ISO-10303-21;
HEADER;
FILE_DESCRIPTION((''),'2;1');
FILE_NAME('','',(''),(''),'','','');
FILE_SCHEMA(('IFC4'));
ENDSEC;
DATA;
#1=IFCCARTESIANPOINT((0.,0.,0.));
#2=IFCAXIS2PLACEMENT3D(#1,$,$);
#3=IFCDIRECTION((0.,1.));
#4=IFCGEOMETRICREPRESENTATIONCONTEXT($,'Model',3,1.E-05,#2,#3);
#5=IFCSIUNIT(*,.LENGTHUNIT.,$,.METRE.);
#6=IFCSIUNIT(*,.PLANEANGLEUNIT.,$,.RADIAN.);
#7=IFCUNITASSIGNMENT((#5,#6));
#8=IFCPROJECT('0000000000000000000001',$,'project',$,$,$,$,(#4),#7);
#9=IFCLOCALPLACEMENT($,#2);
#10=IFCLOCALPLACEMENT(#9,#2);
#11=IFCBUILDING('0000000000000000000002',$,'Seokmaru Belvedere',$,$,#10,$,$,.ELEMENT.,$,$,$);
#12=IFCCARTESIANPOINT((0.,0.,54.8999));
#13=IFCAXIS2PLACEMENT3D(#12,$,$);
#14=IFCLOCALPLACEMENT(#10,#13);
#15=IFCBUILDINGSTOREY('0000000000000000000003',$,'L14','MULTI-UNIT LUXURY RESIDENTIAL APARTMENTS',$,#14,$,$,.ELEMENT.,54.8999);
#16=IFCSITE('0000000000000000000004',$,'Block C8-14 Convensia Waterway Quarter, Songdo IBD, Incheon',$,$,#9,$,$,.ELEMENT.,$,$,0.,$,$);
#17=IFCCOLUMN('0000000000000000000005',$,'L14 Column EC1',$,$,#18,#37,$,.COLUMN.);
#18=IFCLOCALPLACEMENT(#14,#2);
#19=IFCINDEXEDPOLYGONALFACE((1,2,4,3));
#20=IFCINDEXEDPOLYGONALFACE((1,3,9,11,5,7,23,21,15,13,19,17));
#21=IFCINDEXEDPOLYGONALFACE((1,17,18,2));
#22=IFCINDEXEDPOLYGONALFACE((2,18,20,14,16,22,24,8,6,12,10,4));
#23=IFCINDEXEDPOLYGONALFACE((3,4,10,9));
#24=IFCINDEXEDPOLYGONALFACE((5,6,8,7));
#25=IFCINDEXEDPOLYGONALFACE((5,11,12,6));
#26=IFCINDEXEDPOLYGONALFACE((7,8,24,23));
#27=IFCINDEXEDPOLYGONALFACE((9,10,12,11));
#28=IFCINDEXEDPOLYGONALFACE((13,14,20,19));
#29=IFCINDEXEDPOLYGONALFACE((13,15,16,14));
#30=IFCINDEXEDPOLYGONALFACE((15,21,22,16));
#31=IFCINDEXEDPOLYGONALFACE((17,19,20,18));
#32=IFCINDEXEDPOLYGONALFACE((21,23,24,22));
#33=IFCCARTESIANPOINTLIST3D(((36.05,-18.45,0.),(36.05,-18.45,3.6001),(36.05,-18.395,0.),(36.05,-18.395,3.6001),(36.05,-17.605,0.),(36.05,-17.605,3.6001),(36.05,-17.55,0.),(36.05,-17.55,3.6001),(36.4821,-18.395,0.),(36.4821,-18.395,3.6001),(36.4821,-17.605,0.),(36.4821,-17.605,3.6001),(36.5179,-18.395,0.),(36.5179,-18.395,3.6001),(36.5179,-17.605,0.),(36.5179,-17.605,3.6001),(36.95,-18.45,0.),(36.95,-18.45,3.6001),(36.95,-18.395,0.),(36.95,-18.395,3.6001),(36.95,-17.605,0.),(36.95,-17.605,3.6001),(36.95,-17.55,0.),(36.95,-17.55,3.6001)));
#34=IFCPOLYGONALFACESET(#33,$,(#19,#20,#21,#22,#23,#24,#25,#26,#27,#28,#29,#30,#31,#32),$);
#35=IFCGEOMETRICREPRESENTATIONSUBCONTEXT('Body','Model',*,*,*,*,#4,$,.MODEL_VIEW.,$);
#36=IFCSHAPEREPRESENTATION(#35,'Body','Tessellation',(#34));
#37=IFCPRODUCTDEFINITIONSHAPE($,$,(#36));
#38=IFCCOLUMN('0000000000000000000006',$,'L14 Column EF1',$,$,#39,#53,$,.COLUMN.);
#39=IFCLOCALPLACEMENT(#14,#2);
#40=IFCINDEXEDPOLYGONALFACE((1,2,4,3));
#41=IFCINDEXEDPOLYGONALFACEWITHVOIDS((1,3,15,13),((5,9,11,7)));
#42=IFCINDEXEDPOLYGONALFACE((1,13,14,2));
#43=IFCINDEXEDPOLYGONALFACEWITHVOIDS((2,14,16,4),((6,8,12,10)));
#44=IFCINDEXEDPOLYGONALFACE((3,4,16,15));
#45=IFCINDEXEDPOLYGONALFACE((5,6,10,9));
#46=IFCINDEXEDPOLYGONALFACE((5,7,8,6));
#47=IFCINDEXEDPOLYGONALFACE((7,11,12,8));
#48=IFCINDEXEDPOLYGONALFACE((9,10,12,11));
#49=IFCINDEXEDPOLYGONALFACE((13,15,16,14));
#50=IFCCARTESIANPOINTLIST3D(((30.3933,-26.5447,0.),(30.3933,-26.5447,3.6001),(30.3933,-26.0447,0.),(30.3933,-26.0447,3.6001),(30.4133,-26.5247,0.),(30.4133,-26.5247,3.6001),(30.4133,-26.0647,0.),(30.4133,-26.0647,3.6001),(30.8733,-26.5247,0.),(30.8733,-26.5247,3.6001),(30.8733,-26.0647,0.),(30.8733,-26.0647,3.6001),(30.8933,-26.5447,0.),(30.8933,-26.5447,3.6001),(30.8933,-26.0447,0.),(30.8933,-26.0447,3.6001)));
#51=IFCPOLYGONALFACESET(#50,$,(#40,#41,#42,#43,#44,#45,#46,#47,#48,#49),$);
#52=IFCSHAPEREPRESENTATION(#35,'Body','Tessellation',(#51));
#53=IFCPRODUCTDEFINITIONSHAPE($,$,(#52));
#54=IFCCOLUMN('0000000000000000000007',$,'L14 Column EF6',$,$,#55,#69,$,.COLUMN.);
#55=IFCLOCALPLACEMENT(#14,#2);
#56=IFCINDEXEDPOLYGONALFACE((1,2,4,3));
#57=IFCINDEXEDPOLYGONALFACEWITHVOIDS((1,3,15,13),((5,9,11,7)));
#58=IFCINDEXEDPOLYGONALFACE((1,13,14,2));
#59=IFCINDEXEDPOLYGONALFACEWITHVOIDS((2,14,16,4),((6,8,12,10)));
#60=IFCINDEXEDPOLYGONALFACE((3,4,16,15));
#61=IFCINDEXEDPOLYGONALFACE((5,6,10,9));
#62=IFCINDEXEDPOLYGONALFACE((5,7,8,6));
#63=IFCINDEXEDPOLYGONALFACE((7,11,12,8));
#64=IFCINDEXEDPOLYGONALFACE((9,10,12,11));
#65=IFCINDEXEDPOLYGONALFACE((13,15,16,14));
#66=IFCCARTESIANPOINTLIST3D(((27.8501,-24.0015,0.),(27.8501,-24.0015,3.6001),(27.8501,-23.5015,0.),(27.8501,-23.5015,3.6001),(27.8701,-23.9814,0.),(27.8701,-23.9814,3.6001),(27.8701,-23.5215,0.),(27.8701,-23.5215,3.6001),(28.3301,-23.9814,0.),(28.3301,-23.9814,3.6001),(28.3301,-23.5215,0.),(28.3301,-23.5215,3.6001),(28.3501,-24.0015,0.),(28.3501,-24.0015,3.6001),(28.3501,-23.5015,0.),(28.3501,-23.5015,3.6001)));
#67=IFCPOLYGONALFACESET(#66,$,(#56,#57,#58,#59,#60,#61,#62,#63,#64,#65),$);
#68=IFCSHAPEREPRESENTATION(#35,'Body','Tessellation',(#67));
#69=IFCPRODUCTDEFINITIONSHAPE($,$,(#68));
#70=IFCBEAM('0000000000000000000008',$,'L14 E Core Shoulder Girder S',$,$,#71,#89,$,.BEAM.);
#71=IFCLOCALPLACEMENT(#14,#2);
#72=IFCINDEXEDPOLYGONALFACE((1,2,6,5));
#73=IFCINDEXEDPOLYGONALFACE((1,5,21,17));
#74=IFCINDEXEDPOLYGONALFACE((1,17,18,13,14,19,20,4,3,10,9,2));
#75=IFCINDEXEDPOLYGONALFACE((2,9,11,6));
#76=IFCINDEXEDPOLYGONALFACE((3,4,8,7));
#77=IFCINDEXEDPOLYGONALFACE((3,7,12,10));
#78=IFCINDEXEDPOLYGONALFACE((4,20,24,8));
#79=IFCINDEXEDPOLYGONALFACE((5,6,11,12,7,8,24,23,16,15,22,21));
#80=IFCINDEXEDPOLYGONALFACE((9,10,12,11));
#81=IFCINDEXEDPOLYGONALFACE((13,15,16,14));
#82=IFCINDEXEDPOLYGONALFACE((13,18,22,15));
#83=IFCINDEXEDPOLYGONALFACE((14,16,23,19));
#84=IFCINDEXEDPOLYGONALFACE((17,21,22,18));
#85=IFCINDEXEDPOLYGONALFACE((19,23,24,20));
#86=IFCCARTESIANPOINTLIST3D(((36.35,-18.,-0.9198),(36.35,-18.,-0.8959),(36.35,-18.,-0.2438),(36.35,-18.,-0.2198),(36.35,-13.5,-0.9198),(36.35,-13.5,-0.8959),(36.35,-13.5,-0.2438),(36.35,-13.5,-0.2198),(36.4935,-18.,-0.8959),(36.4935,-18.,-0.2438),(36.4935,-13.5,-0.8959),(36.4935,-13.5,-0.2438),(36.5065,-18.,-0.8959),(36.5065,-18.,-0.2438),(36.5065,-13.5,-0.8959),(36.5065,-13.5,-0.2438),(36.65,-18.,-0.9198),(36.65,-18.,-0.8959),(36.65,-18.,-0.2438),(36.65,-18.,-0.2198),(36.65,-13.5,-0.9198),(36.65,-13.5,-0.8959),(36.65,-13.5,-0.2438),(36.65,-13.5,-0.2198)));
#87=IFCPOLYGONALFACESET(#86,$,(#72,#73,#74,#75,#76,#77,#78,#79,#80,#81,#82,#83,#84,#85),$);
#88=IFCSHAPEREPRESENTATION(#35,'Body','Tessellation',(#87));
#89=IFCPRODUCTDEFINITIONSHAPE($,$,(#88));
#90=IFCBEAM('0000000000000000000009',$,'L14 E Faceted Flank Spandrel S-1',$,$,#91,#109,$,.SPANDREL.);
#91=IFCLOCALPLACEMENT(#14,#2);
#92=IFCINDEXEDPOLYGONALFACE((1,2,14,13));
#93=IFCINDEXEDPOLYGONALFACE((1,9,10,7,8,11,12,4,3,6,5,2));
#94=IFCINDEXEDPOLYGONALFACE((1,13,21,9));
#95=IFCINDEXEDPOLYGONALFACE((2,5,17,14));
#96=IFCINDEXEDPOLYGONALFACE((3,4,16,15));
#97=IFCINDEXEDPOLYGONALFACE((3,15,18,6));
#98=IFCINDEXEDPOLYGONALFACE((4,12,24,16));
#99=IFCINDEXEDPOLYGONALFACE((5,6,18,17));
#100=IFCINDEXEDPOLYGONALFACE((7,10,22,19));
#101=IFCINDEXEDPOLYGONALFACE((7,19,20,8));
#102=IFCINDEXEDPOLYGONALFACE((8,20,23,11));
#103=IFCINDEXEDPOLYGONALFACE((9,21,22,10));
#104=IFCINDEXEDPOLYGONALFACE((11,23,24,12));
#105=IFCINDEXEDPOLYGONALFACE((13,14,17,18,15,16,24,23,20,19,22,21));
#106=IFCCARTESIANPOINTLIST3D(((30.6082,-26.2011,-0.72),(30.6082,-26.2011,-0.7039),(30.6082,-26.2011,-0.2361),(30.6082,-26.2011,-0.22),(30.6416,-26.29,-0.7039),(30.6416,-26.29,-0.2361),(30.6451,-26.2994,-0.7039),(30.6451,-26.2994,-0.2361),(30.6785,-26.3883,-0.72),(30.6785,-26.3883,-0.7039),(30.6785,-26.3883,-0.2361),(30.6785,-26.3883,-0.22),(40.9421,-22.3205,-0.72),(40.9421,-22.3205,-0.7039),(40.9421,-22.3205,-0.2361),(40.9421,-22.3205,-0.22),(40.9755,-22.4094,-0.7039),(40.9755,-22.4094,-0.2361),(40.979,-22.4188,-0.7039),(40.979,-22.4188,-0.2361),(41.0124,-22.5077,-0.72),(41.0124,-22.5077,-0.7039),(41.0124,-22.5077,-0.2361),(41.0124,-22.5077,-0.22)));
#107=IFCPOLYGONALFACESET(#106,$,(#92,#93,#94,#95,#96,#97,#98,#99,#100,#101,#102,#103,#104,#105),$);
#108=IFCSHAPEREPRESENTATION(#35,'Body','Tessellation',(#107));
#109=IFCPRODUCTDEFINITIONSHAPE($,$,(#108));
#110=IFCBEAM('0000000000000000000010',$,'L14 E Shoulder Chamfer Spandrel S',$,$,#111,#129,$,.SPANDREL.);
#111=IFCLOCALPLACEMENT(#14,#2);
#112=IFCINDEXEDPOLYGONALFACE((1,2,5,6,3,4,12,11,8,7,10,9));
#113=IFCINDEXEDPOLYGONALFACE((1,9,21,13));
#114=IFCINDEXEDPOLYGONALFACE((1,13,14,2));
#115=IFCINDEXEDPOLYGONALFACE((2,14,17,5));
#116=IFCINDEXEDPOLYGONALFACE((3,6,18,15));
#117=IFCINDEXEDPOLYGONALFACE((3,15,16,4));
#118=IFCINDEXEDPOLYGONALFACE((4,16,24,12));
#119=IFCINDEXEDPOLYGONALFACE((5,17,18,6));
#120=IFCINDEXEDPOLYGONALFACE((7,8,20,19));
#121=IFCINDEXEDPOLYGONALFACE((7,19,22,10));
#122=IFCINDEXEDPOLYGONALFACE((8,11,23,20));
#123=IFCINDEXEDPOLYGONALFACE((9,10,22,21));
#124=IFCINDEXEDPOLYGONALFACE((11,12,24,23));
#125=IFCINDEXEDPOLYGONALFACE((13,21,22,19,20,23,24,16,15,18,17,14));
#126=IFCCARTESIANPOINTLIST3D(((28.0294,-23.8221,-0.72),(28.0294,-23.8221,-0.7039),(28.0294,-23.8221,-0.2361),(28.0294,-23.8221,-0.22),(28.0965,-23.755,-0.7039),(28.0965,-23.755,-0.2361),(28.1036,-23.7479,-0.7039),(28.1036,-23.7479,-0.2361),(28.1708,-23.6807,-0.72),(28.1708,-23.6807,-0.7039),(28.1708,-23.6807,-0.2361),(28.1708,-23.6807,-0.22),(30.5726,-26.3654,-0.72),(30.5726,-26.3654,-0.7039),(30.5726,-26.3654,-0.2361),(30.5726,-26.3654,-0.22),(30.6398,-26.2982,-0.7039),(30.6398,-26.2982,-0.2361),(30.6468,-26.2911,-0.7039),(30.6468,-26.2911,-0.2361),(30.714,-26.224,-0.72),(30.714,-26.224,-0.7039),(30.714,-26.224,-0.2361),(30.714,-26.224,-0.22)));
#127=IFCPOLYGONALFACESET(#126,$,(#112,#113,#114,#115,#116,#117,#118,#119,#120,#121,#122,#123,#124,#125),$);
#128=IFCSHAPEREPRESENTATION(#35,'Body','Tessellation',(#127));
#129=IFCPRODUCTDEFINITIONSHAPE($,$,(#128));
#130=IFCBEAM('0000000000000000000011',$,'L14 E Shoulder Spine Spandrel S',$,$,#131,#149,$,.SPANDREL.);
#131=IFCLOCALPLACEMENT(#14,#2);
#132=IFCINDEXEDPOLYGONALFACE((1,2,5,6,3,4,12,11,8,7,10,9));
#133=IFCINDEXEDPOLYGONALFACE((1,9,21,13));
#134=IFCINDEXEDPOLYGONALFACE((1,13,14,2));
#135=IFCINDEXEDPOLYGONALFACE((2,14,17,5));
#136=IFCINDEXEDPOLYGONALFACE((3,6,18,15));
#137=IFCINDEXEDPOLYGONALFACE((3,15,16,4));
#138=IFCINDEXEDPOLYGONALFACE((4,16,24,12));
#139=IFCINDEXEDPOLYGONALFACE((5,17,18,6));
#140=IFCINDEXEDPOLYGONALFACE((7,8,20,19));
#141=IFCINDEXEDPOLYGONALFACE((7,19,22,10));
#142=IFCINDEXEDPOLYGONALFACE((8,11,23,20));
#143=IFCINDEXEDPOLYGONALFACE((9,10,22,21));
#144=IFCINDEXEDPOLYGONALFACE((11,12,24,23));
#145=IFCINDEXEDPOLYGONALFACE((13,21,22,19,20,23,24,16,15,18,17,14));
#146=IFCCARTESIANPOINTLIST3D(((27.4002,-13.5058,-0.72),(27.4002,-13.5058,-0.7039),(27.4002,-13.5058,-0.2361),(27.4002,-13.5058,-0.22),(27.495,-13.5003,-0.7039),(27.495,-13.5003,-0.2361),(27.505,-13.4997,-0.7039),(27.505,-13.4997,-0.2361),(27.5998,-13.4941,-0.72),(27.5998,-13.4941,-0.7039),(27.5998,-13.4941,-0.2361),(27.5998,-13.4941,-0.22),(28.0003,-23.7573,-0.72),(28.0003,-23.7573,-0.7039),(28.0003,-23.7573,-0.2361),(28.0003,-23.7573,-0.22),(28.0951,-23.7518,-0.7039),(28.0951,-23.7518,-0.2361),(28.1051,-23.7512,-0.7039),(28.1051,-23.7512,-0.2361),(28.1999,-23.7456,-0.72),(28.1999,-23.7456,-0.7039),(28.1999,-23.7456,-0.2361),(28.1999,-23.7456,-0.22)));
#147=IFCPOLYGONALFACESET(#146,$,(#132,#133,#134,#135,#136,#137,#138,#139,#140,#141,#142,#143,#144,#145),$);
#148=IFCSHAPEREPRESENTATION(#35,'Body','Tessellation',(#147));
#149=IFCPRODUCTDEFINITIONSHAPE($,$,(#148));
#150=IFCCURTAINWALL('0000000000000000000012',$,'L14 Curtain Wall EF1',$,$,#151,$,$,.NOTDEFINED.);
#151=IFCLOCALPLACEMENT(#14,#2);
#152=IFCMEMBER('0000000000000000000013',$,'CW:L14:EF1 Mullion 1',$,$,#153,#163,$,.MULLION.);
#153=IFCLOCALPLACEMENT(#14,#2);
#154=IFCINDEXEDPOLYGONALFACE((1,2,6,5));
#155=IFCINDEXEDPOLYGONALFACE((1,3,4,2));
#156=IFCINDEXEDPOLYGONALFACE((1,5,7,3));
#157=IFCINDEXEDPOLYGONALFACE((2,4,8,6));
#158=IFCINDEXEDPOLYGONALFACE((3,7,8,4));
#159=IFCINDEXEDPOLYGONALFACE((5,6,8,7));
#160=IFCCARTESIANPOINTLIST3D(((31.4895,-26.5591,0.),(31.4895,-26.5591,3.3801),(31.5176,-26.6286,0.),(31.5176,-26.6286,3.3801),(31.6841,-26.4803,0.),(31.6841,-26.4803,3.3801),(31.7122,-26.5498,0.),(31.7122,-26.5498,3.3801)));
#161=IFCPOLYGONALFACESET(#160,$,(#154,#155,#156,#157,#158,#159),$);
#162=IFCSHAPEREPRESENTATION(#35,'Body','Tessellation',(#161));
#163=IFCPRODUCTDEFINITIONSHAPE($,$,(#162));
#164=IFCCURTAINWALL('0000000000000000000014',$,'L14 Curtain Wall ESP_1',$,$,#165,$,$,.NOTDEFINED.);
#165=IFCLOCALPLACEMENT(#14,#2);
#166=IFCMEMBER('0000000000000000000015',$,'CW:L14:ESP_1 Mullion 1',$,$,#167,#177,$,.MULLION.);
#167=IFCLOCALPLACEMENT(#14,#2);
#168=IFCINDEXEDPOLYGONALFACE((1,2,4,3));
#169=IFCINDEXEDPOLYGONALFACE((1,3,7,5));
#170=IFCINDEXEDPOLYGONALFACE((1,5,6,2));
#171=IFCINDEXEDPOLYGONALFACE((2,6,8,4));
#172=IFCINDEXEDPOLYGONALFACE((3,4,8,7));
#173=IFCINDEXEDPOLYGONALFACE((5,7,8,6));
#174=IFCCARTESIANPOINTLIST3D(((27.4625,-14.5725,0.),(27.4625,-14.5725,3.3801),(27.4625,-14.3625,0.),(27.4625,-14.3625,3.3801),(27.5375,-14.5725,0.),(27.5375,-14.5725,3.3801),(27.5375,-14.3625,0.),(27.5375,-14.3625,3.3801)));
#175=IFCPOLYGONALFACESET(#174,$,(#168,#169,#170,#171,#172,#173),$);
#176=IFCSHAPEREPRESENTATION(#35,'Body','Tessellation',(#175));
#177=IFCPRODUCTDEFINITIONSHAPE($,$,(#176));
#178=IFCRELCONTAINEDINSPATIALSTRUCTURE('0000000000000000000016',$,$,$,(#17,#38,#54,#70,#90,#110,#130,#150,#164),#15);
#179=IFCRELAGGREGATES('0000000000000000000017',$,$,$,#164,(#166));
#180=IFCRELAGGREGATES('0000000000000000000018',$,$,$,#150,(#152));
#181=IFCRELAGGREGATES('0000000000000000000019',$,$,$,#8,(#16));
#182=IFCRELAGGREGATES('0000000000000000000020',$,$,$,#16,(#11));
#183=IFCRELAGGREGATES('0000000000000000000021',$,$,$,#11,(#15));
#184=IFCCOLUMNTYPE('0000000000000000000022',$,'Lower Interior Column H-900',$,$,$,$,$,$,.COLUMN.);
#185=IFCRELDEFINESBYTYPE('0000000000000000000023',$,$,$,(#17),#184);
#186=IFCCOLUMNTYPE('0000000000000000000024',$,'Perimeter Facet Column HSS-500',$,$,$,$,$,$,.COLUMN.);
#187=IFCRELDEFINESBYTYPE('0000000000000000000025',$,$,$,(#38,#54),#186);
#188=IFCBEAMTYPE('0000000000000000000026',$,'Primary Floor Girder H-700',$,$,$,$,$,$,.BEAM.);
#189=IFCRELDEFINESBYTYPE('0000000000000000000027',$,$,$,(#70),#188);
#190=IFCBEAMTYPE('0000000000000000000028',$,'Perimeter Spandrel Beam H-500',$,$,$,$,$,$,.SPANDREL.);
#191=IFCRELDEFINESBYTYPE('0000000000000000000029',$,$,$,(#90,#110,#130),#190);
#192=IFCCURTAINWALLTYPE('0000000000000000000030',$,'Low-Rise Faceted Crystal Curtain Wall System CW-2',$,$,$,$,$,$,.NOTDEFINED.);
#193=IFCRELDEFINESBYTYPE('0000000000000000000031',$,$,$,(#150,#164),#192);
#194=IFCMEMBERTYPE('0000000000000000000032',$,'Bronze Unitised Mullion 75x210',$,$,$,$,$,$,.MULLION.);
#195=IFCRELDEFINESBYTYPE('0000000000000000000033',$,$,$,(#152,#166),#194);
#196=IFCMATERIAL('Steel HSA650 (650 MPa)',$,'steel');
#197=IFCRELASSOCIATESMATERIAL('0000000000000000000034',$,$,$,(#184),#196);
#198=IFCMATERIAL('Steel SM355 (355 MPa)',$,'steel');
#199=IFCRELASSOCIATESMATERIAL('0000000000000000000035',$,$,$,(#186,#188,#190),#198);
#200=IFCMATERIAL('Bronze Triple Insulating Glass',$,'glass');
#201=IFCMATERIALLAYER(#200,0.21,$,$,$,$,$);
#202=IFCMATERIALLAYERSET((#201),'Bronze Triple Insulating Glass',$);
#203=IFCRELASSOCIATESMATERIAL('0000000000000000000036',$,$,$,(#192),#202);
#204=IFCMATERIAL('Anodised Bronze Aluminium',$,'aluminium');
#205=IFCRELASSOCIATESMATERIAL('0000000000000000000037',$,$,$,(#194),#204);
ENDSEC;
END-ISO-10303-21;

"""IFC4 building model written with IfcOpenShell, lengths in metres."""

from ifc_helpers import new_model, si_unit, direction, frame, origin, origin_2d, place, context, subcontext, project, spatial, rectangle, hollow_rectangle, i_section, extrude, source, transform, mapped, material, layer, layer_set, material_profile, profile_set, type_object, type_shapes, element, aggregate, save


model = new_model("IFC4")

# Units and contexts
model_context = context("Model", 3, precision=1e-05, world=origin(), true_north=direction((0.0, 1.0)))
body_context = subcontext(model_context, "Body", "Model", "MODEL_VIEW")
ifc_project = project(units=[si_unit("LENGTHUNIT", "METRE"), si_unit("PLANEANGLEUNIT", "RADIAN")], contexts=[model_context])

# Site, building, storey
site_placement = place(None, origin())
site = spatial("IfcSite", under=ifc_project, at=site_placement, Name="Block C8-14 Convensia Waterway Quarter, Songdo IBD, Incheon", CompositionType="ELEMENT", RefElevation=0.0)
building_placement = place(site_placement, origin())
building = spatial("IfcBuilding", under=site, at=building_placement, Name="Seokmaru Belvedere", CompositionType="ELEMENT")
storey_placement = place(building_placement, frame((0.0, 0.0, 54.8999)))
storey = spatial("IfcBuildingStorey", under=building, at=storey_placement, Name="L14", Description="MULTI-UNIT LUXURY RESIDENTIAL APARTMENTS", CompositionType="ELEMENT", Elevation=54.8999)

# Columns
ifc_material_1 = material(Name="Steel HSA650 (650 MPa)", Category="steel")
ifc_material_profile_1 = material_profile(ifc_material_1, i_section(OverallWidth=0.8999, OverallDepth=0.8999, WebThickness=0.0359, FlangeThickness=0.0549, at=origin_2d()), Name="H-900x900x36x55")
ifc_profile_set_1 = profile_set([ifc_material_profile_1], Name="Steel HSA650 (650 MPa)")
column_type_1 = type_object("IfcColumnType", Name="Lower Interior Column H-900", PredefinedType="COLUMN", material=ifc_profile_set_1)
shared_shape_1 = source(origin(), body_context, "Body", "SweptSolid", [
    extrude(i_section(OverallWidth=0.8999, OverallDepth=0.8999, WebThickness=0.0359, FlangeThickness=0.0549, at=origin_2d()), origin(), (0.0, 0.0, 1.0), 3.6001),
])
type_shapes(column_type_1, [shared_shape_1])
column_placement = place(storey_placement, frame((36.5, -18.0, 0.0), z_axis=(0.0, 0.0, 1.0), x_axis=(1.0, 0.0, 0.0)))
element("IfcColumn", 1, at=column_placement, inside=storey, type_object=column_type_1, Name="L14 Column EC1", PredefinedType="COLUMN", context=body_context, shape_type="MappedRepresentation", body=[
    mapped(shared_shape_1, transform((0.0, 0.0, 0.0), scale=1.0)),
])
ifc_material_2 = material(Name="Steel SM355 (355 MPa)", Category="steel")
ifc_material_profile_2 = material_profile(ifc_material_2, hollow_rectangle(XDim=0.5, YDim=0.5, WallThickness=0.02, at=origin_2d()), Name="HSS-500x500x20")
ifc_profile_set_2 = profile_set([ifc_material_profile_2], Name="Steel SM355 (355 MPa)")
column_type_2 = type_object("IfcColumnType", Name="Perimeter Facet Column HSS-500", PredefinedType="COLUMN", material=ifc_profile_set_2)
shared_shape_2 = source(origin(), body_context, "Body", "SweptSolid", [
    extrude(hollow_rectangle(XDim=0.5, YDim=0.5, WallThickness=0.02, at=origin_2d()), origin(), (0.0, 0.0, 1.0), 3.6001),
])
type_shapes(column_type_2, [shared_shape_2])
for number, where, z_axis, x_axis, name in (
    (2, (30.6433, -26.2947, 0.0), (0.0, 0.0, 1.0), (1.0, 0.0, 0.0), "L14 Column EF1"),
    (3, (28.1001, -23.7515, 0.0), (0.0, 0.0, 1.0), (1.0, 0.0, 0.0), "L14 Column EF6"),
):
    element("IfcColumn", number, at=place(storey_placement, frame(where, z_axis=z_axis, x_axis=x_axis)), inside=storey, type_object=column_type_2, Name=name, PredefinedType="COLUMN", context=body_context, shape_type="MappedRepresentation", body=[
        mapped(shared_shape_2, transform((0.0, 0.0, 0.0), scale=1.0)),
    ])

# Beams
ifc_material_profile_3 = material_profile(ifc_material_2, i_section(OverallWidth=0.3, OverallDepth=0.7, WebThickness=0.0129, FlangeThickness=0.0239, at=origin_2d()), Name="H-700x300x13x24")
ifc_profile_set_3 = profile_set([ifc_material_profile_3], Name="Steel SM355 (355 MPa)")
beam_type_1 = type_object("IfcBeamType", Name="Primary Floor Girder H-700", PredefinedType="BEAM", material=ifc_profile_set_3)
shared_shape_3 = source(origin(), body_context, "Body", "SweptSolid", [
    extrude(i_section(OverallWidth=0.3, OverallDepth=0.7, WebThickness=0.0129, FlangeThickness=0.0239, at=origin_2d()), origin(), (0.0, 0.0, 1.0), 4.5),
])
type_shapes(beam_type_1, [shared_shape_3])
beam_1_placement = place(storey_placement, frame((36.5, -18.0, -0.5698), z_axis=(0.0, 1.0, 0.0), x_axis=(-1.0, 0.0, 0.0)))
element("IfcBeam", 4, at=beam_1_placement, inside=storey, type_object=beam_type_1, Name="L14 E Core Shoulder Girder S", PredefinedType="BEAM", context=body_context, shape_type="MappedRepresentation", body=[
    mapped(shared_shape_3, transform((0.0, 0.0, 0.0), scale=1.0)),
])
ifc_material_profile_4 = material_profile(ifc_material_2, i_section(OverallWidth=0.2, OverallDepth=0.5, WebThickness=0.01, FlangeThickness=0.0161, at=origin_2d()), Name="H-500x200x10x16")
ifc_profile_set_4 = profile_set([ifc_material_profile_4], Name="Steel SM355 (355 MPa)")
beam_type_2 = type_object("IfcBeamType", Name="Perimeter Spandrel Beam H-500", PredefinedType="SPANDREL", material=ifc_profile_set_4)
shared_shape_4 = source(origin(), body_context, "Body", "SweptSolid", [
    extrude(i_section(OverallWidth=0.2, OverallDepth=0.5, WebThickness=0.01, FlangeThickness=0.0161, at=origin_2d()), origin(), (0.0, 0.0, 1.0), 11.0386),
])
beam_2_placement = place(storey_placement, frame((30.6433, -26.2947, -0.47), z_axis=(0.936169, 0.35155, 0.0), x_axis=(-0.35155, 0.936169, 0.0)))
element("IfcBeam", 5, at=beam_2_placement, inside=storey, type_object=beam_type_2, Name="L14 E Faceted Flank Spandrel S-1", PredefinedType="SPANDREL", context=body_context, shape_type="MappedRepresentation", body=[
    mapped(shared_shape_4, transform((0.0, 0.0, 0.0), scale=1.0)),
])
shared_shape_5 = source(origin(), body_context, "Body", "SweptSolid", [
    extrude(i_section(OverallWidth=0.2, OverallDepth=0.5, WebThickness=0.01, FlangeThickness=0.0161, at=origin_2d()), origin(), (0.0, 0.0, 1.0), 3.5967),
])
beam_3_placement = place(storey_placement, frame((30.6433, -26.2947, -0.47), z_axis=(-0.707107, 0.707107, 0.0), x_axis=(-0.707107, -0.707107, 0.0)))
element("IfcBeam", 6, at=beam_3_placement, inside=storey, type_object=beam_type_2, Name="L14 E Shoulder Chamfer Spandrel S", PredefinedType="SPANDREL", context=body_context, shape_type="MappedRepresentation", body=[
    mapped(shared_shape_5, transform((0.0, 0.0, 0.0), scale=1.0)),
])
shared_shape_6 = source(origin(), body_context, "Body", "SweptSolid", [
    extrude(i_section(OverallWidth=0.2, OverallDepth=0.5, WebThickness=0.01, FlangeThickness=0.0161, at=origin_2d()), origin(), (0.0, 0.0, 1.0), 10.269),
])
type_shapes(beam_type_2, [shared_shape_4, shared_shape_5, shared_shape_6])
beam_4_placement = place(storey_placement, frame((28.1001, -23.7515, -0.47), z_axis=(-0.058438, 0.998291, 0.0), x_axis=(-0.998291, -0.058438, 0.0)))
element("IfcBeam", 7, at=beam_4_placement, inside=storey, type_object=beam_type_2, Name="L14 E Shoulder Spine Spandrel S", PredefinedType="SPANDREL", context=body_context, shape_type="MappedRepresentation", body=[
    mapped(shared_shape_6, transform((0.0, 0.0, 0.0), scale=1.0)),
])

# Curtain wall, member
ifc_material_3 = material(Name="Bronze Triple Insulating Glass", Category="glass")
ifc_layer_1 = layer(ifc_material_3, 0.21)
ifc_layer_set_1 = layer_set([ifc_layer_1], Name="Bronze Triple Insulating Glass")
curtain_wall_type = type_object("IfcCurtainWallType", Name="Low-Rise Faceted Crystal Curtain Wall System CW-2", PredefinedType="NOTDEFINED", material=ifc_layer_set_1)
curtain_wall_1_placement = place(storey_placement, origin())
curtain_wall_1 = element("IfcCurtainWall", 8, at=curtain_wall_1_placement, inside=storey, type_object=curtain_wall_type, Name="L14 Curtain Wall EF1", PredefinedType="NOTDEFINED")
ifc_material_4 = material(Name="Anodised Bronze Aluminium", Category="aluminium")
ifc_material_profile_5 = material_profile(ifc_material_4, rectangle(XDim=0.075, YDim=0.21, at=origin_2d()), Name="CW-M-75x210")
ifc_profile_set_5 = profile_set([ifc_material_profile_5], Name="Anodised Bronze Aluminium")
member_type_1 = type_object("IfcMemberType", Name="Bronze Unitised Mullion 75x210", PredefinedType="MULLION", material=ifc_profile_set_5)
shared_shape_7 = source(origin(), body_context, "Body", "SweptSolid", [
    extrude(rectangle(XDim=0.075, YDim=0.21, at=origin_2d()), origin(), (0.0, 0.0, 1.0), 3.3801),
])
member_1_placement = place(storey_placement, frame((31.6008, -26.5544, 0.0), z_axis=(0.0, 0.0, 1.0), x_axis=(-0.375192, 0.926947, 0.0)))
member_1 = element("IfcMember", 9, at=member_1_placement, type_object=member_type_1, Name="CW:L14:EF1 Mullion 1", PredefinedType="MULLION", context=body_context, shape_type="MappedRepresentation", body=[
    mapped(shared_shape_7, transform((0.0, 0.0, 0.0), scale=1.0)),
])

# Curtain wall, member
curtain_wall_2_placement = place(storey_placement, origin())
curtain_wall_2 = element("IfcCurtainWall", 10, at=curtain_wall_2_placement, inside=storey, type_object=curtain_wall_type, Name="L14 Curtain Wall ESP_1", PredefinedType="NOTDEFINED")
member_2_placement = place(storey_placement, frame((27.5, -14.4675, 0.0), z_axis=(0.0, 0.0, 1.0), x_axis=(1.0, 0.0, 0.0)))
member_2 = element("IfcMember", 11, at=member_2_placement, type_object=member_type_1, Name="CW:L14:ESP_1 Mullion 1", PredefinedType="MULLION", context=body_context, shape_type="MappedRepresentation", body=[
    mapped(shared_shape_7, transform((0.0, 0.0, 0.0), scale=1.0)),
])

aggregate(curtain_wall_2, [member_2])
aggregate(curtain_wall_1, [member_1])

save(model, "model.ifc")
